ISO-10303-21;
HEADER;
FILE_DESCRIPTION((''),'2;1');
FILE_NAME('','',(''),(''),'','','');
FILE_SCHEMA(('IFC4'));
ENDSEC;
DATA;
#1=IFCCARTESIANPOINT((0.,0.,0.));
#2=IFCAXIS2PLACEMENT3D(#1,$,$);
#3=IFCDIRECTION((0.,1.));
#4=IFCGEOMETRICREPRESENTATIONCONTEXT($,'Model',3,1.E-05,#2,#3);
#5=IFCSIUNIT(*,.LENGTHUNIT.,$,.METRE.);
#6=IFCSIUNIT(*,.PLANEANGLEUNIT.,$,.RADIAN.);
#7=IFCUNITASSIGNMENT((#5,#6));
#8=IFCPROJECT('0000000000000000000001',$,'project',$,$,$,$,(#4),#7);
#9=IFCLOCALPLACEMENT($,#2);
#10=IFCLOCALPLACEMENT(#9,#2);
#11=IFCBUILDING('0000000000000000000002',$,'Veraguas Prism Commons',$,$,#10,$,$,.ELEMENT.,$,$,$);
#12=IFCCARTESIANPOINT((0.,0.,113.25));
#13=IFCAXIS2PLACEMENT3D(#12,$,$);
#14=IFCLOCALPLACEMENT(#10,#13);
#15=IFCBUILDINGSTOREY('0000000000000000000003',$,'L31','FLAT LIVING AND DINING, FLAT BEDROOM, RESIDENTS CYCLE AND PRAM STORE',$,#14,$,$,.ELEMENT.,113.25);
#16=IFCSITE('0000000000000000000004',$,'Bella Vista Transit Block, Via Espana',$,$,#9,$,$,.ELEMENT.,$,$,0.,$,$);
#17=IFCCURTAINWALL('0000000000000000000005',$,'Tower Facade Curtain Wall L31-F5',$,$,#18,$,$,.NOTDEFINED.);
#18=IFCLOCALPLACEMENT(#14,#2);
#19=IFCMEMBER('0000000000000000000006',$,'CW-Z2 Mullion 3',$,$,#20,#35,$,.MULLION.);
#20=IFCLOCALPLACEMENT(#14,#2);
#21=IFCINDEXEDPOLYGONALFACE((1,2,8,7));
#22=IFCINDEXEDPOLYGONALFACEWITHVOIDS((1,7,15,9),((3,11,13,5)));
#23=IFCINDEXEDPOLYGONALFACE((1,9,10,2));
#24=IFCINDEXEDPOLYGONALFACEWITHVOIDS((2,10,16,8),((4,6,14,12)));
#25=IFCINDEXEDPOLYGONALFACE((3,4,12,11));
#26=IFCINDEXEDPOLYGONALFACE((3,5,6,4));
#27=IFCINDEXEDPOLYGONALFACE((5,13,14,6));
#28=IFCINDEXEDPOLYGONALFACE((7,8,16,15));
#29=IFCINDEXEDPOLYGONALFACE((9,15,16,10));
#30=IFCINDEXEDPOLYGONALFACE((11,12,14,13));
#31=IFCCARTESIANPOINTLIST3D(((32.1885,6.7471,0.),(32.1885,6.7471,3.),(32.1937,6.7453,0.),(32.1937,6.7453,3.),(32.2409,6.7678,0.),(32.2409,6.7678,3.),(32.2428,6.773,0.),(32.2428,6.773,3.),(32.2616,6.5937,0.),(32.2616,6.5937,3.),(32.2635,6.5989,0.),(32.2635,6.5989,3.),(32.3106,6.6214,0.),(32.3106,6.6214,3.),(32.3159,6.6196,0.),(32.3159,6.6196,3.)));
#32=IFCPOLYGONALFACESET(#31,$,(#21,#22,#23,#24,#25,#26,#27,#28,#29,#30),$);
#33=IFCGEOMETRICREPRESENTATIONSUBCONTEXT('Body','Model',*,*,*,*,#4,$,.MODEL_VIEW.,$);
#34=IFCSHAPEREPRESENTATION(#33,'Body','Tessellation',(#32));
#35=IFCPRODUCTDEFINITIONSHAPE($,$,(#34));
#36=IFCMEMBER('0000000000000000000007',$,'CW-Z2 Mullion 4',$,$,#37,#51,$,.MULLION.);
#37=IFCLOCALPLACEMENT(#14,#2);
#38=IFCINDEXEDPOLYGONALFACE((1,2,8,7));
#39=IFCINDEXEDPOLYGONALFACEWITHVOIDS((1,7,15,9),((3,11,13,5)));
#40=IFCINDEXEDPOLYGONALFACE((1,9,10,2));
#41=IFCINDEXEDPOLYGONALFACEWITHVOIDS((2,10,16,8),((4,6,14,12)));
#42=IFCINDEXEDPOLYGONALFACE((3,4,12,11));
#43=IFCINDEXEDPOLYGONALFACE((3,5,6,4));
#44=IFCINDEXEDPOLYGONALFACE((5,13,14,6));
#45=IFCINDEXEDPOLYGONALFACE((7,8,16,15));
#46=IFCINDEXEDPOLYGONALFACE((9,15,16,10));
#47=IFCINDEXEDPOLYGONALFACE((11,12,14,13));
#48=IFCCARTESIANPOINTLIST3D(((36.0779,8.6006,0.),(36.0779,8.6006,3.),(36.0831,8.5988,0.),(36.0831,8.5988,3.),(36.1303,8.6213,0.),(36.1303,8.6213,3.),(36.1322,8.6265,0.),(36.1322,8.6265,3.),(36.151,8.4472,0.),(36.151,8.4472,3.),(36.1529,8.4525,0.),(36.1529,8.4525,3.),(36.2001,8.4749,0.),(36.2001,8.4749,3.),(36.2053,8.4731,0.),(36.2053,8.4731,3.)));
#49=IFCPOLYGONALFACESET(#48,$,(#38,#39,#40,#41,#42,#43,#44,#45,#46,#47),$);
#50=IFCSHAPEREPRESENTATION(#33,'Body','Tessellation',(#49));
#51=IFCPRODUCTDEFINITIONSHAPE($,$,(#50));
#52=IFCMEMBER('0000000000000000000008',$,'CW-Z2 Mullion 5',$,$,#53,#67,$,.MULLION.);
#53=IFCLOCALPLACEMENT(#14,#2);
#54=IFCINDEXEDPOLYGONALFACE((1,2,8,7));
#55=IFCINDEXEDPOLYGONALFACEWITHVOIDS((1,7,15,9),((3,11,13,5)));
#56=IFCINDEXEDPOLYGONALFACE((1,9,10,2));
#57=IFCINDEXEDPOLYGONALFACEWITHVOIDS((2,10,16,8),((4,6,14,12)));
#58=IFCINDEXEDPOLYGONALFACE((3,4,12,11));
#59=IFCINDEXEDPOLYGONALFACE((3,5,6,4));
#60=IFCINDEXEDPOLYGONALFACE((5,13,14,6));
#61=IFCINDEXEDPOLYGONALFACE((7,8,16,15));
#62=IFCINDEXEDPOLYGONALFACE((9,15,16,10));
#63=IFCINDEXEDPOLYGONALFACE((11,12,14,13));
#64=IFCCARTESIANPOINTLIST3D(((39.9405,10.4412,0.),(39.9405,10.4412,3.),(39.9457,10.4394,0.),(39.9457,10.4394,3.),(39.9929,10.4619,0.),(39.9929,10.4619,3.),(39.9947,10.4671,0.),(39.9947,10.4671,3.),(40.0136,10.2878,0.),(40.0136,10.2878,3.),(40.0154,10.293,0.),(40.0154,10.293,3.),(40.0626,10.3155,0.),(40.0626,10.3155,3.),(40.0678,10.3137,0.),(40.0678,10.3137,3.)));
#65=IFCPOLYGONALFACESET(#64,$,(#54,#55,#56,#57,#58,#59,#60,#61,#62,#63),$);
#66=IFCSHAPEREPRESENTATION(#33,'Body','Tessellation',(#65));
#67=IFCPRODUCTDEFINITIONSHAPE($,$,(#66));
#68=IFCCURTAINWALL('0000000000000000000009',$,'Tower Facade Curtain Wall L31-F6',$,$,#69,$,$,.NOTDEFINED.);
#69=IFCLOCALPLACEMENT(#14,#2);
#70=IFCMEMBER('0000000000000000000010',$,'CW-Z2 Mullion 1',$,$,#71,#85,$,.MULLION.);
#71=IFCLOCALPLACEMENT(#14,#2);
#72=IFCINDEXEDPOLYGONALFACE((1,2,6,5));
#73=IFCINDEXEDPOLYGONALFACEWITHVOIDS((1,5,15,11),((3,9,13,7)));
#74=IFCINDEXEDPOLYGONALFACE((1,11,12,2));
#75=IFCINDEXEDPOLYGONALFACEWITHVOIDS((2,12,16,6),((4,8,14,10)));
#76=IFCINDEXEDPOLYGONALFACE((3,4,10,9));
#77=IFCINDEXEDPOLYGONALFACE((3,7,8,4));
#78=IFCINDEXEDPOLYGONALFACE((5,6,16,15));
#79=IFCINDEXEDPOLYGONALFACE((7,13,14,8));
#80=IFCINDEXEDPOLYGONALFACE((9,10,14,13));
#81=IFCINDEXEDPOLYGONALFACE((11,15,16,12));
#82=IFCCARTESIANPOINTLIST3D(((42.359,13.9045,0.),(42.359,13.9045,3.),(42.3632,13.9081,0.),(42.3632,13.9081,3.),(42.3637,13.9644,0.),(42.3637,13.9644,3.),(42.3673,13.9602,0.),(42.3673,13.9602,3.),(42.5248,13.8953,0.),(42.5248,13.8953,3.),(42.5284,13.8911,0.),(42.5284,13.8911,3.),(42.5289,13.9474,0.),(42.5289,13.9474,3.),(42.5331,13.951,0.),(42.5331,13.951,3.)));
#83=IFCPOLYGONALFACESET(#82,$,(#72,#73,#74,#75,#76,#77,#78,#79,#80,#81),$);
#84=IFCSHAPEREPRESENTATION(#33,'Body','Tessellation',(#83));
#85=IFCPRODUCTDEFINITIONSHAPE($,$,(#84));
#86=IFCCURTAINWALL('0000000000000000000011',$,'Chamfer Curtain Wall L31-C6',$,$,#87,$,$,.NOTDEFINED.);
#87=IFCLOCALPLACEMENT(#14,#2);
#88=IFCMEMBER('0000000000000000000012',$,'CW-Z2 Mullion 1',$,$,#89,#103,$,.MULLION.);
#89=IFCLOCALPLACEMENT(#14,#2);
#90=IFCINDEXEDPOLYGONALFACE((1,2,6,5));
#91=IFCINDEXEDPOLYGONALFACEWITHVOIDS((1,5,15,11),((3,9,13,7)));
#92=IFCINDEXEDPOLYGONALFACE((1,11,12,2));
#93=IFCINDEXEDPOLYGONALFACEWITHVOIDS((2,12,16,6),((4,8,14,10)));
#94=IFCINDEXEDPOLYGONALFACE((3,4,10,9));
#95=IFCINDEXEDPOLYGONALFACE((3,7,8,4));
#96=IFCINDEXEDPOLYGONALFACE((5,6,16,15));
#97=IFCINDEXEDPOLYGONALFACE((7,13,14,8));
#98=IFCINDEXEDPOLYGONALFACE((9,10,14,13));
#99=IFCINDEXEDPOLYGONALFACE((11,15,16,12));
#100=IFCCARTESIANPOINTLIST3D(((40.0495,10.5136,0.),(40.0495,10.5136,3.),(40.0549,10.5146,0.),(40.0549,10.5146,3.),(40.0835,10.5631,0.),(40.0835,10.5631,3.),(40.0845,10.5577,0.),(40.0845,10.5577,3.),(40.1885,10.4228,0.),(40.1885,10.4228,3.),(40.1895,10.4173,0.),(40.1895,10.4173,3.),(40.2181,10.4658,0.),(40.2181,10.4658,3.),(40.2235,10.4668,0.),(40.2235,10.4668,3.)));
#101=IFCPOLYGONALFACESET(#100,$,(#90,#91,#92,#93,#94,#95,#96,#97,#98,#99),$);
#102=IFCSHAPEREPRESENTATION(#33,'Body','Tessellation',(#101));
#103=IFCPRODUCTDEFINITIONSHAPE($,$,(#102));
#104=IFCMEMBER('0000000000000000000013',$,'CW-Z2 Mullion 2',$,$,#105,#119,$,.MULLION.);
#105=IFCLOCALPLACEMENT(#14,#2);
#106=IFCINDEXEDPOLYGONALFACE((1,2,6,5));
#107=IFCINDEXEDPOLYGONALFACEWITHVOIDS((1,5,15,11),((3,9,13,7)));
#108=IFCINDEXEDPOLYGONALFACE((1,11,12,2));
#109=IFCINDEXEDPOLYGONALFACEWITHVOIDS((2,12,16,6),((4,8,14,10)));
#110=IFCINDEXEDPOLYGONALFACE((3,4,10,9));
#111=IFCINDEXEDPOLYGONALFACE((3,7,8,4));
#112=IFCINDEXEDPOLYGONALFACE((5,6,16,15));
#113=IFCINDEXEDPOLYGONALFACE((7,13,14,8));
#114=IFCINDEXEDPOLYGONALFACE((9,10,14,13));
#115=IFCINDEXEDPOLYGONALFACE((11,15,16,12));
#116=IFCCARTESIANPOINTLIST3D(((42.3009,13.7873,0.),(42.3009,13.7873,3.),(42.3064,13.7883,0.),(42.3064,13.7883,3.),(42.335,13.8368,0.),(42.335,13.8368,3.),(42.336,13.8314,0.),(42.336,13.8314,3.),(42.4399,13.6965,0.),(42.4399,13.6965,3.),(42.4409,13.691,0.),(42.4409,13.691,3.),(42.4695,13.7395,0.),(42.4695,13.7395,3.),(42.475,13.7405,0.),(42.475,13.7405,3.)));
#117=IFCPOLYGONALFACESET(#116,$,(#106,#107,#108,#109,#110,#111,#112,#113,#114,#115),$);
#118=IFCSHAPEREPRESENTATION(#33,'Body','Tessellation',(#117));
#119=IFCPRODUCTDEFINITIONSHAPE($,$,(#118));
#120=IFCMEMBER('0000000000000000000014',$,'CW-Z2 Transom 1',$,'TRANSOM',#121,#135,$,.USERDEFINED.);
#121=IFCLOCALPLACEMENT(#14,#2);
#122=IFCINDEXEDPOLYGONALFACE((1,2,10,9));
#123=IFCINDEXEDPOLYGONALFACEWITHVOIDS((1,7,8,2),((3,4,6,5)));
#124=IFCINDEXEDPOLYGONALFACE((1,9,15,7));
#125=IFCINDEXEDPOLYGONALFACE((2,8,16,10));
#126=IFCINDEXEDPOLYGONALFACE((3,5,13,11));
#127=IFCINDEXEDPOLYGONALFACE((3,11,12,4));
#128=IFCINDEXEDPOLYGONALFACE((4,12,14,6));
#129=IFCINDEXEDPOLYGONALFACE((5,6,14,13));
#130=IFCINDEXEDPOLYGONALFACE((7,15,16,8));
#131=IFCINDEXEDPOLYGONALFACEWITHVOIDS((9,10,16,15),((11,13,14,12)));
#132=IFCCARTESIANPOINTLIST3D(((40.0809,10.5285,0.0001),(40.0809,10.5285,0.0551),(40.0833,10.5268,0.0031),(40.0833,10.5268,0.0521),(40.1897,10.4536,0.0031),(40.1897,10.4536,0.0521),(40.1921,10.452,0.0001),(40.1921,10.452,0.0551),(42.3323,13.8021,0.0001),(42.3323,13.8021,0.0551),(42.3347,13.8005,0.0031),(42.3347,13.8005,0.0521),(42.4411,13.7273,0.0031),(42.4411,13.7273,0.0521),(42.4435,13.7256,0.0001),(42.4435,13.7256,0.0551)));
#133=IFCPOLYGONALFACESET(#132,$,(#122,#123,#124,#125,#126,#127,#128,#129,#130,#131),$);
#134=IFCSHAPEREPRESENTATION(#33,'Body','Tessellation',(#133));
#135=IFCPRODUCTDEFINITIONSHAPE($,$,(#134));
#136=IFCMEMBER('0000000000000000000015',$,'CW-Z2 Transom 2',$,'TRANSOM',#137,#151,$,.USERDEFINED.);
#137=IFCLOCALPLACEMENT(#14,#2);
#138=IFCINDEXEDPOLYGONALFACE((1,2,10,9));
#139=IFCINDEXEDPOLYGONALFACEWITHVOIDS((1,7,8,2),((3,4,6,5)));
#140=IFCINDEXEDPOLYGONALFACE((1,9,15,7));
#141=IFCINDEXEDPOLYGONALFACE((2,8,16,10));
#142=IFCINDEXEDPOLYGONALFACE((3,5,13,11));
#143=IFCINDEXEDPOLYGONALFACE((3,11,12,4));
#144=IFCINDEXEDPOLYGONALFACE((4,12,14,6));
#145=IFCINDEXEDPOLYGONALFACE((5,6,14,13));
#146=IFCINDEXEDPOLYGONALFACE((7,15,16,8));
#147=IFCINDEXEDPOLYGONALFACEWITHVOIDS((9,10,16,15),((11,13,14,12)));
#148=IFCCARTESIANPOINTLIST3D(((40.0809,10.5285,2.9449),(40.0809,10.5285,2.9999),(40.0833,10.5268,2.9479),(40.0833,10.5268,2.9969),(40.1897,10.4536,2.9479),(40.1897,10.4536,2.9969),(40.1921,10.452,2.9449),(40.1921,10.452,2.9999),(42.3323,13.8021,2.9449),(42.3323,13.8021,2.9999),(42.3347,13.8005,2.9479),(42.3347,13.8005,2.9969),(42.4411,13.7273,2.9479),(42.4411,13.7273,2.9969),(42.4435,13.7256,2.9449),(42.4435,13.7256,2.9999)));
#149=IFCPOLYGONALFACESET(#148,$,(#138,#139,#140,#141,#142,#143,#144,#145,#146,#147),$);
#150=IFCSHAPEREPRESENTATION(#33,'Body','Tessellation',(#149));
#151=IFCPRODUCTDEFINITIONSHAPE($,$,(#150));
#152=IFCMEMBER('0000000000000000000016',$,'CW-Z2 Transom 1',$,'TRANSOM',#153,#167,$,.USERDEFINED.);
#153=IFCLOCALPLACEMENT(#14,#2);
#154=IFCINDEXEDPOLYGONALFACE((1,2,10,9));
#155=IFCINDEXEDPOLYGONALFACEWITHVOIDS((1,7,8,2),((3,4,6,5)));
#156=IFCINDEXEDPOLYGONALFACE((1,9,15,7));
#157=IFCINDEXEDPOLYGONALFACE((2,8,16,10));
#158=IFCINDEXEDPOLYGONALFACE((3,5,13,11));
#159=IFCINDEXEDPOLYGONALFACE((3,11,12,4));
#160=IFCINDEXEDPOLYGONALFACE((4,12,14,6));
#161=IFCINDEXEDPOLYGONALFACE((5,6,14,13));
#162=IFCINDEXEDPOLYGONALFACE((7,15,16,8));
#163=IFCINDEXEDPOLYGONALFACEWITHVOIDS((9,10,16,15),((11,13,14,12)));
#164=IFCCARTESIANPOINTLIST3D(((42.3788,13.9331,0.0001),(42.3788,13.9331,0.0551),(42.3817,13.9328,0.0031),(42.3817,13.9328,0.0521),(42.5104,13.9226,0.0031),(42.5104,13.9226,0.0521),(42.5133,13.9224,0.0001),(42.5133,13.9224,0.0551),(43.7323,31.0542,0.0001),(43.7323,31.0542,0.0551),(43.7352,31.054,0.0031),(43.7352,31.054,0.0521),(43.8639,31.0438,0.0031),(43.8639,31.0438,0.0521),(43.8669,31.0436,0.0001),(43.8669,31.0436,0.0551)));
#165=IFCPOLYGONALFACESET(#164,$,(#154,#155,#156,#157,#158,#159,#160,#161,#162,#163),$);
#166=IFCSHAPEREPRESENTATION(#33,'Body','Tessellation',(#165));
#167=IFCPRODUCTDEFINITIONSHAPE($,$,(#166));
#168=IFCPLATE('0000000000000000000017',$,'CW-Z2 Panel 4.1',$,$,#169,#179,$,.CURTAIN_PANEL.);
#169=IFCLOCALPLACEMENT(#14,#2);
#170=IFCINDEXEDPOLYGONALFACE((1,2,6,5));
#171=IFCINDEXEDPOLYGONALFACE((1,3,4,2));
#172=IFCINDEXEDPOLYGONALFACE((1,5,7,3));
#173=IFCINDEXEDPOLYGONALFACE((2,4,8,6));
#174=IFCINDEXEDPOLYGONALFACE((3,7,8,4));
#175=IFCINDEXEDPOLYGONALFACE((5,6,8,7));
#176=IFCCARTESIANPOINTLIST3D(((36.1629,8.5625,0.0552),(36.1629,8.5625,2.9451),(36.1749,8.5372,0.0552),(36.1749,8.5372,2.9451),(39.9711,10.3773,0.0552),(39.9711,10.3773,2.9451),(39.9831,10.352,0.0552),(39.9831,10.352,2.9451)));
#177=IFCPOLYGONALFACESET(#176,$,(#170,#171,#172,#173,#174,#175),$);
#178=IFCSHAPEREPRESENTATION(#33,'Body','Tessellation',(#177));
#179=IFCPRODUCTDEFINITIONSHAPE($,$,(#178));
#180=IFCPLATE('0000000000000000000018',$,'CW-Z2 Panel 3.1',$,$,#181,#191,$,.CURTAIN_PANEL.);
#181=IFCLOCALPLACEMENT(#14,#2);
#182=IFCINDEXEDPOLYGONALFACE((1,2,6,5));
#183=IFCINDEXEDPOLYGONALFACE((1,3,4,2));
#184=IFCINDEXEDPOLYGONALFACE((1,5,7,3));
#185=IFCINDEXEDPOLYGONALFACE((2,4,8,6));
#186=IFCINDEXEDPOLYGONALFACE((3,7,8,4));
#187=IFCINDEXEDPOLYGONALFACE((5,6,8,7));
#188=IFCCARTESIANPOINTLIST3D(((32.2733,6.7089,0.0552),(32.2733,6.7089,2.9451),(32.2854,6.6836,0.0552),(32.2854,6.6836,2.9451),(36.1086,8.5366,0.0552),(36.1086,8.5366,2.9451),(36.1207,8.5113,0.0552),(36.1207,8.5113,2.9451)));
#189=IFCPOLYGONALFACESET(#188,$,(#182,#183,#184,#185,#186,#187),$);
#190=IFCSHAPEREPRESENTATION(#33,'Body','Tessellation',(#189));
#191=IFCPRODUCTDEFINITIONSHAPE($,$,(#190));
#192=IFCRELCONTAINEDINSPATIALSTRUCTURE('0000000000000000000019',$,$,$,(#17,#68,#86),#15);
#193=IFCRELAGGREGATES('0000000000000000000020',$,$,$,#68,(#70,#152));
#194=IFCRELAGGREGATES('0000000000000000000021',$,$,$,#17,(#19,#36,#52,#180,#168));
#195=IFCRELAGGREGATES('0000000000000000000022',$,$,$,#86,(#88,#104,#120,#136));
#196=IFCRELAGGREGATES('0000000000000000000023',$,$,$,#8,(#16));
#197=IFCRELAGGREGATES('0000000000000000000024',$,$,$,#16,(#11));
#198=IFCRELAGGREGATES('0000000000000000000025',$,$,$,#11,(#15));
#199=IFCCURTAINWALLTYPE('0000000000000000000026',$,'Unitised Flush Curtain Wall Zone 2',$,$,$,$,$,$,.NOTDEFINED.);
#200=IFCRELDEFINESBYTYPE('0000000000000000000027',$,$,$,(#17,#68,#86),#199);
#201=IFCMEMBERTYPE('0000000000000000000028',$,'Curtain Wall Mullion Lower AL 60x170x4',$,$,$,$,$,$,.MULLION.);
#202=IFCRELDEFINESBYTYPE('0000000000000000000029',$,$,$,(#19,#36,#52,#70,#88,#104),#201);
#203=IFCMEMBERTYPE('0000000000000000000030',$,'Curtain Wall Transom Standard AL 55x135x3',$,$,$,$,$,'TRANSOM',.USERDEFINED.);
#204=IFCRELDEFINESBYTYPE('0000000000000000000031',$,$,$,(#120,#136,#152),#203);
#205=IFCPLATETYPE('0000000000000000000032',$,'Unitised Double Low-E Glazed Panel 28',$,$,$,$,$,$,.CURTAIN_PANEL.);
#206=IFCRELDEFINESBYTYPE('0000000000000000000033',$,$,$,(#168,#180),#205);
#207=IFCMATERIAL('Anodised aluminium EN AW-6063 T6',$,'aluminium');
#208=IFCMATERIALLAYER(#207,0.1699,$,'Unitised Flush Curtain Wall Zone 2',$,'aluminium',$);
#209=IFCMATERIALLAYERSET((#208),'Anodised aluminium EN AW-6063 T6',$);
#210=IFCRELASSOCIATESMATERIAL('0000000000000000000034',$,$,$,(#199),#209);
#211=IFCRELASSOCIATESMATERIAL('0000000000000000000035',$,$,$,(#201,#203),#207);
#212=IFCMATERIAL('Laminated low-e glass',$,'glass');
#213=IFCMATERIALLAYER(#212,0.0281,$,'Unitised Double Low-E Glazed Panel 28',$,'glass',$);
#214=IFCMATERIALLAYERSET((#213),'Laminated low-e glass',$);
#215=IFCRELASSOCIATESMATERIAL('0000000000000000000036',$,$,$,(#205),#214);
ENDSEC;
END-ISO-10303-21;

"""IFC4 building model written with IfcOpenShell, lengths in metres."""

from ifc_helpers import new_model, si_unit, direction, frame, origin, origin_2d, place, context, subcontext, project, spatial, rectangle, hollow_rectangle, extrude, source, transform, mapped, material, layer, layer_set, material_profile, profile_set, type_object, element, aggregate, save


model = new_model("IFC4")

# Units and contexts
model_context = context("Model", 3, precision=1e-05, world=origin(), true_north=direction((0.0, 1.0)))
body_context = subcontext(model_context, "Body", "Model", "MODEL_VIEW")
ifc_project = project(units=[si_unit("LENGTHUNIT", "METRE"), si_unit("PLANEANGLEUNIT", "RADIAN")], contexts=[model_context])

# Site, building, storey
site_placement = place(None, origin())
site = spatial("IfcSite", under=ifc_project, at=site_placement, Name="Bella Vista Transit Block, Via Espana", CompositionType="ELEMENT", RefElevation=0.0)
building_placement = place(site_placement, origin())
building = spatial("IfcBuilding", under=site, at=building_placement, Name="Veraguas Prism Commons", CompositionType="ELEMENT")
storey_placement = place(building_placement, frame((0.0, 0.0, 113.25)))
storey = spatial("IfcBuildingStorey", under=building, at=storey_placement, Name="L31", Description="FLAT LIVING AND DINING, FLAT BEDROOM, RESIDENTS CYCLE AND PRAM STORE", CompositionType="ELEMENT", Elevation=113.25)

# Curtain wall, members
ifc_material_1 = material(Name="Anodised aluminium EN AW-6063 T6", Category="aluminium")
ifc_layer_1 = layer(ifc_material_1, 0.1699, Name="Unitised Flush Curtain Wall Zone 2", Category="aluminium")
ifc_layer_set_1 = layer_set([ifc_layer_1], Name="Anodised aluminium EN AW-6063 T6")
curtain_wall_type = type_object("IfcCurtainWallType", Name="Unitised Flush Curtain Wall Zone 2", PredefinedType="NOTDEFINED", material=ifc_layer_set_1)
curtain_wall_1_placement = place(storey_placement, origin())
curtain_wall_1 = element("IfcCurtainWall", 1, at=curtain_wall_1_placement, inside=storey, type_object=curtain_wall_type, Name="Tower Facade Curtain Wall L31-F5", PredefinedType="NOTDEFINED")
ifc_material_profile_1 = material_profile(ifc_material_1, hollow_rectangle(XDim=0.0601, YDim=0.1699, WallThickness=0.0039, at=origin_2d()), Name="AL60X170X4")
ifc_profile_set_1 = profile_set([ifc_material_profile_1], Name="Anodised aluminium EN AW-6063 T6")
member_type_1 = type_object("IfcMemberType", Name="Curtain Wall Mullion Lower AL 60x170x4", PredefinedType="MULLION", material=ifc_profile_set_1)
shared_shape_1 = source(origin(), body_context, "Body", "SweptSolid", [
    extrude(hollow_rectangle(XDim=0.0601, YDim=0.1699, WallThickness=0.0039, at=origin_2d()), origin(), (0.0, 0.0, 1.0), 3.0),
])
member_1_placement = place(storey_placement, frame((32.2522, 6.6833, 0.0), z_axis=(0.0, 0.0, 1.0), x_axis=(0.902734, 0.430199, 0.0)))
member_1 = element("IfcMember", 2, at=member_1_placement, type_object=member_type_1, Name="CW-Z2 Mullion 3", PredefinedType="MULLION", context=body_context, shape_type="MappedRepresentation", body=[
    mapped(shared_shape_1, transform((0.0, 0.0, 0.0), scale=1.0)),
])
member_2_placement = place(storey_placement, frame((36.1416, 8.5369, 0.0), z_axis=(0.0, 0.0, 1.0), x_axis=(0.902734, 0.430199, 0.0)))
member_2 = element("IfcMember", 3, at=member_2_placement, type_object=member_type_1, Name="CW-Z2 Mullion 4", PredefinedType="MULLION", context=body_context, shape_type="MappedRepresentation", body=[
    mapped(shared_shape_1, transform((0.0, 0.0, 0.0), scale=1.0)),
])
member_3_placement = place(storey_placement, frame((40.0042, 10.3774, 0.0), z_axis=(0.0, 0.0, 1.0), x_axis=(0.902734, 0.430199, 0.0)))
member_3 = element("IfcMember", 4, at=member_3_placement, type_object=member_type_1, Name="CW-Z2 Mullion 5", PredefinedType="MULLION", context=body_context, shape_type="MappedRepresentation", body=[
    mapped(shared_shape_1, transform((0.0, 0.0, 0.0), scale=1.0)),
])

# Curtain wall, member
curtain_wall_2_placement = place(storey_placement, origin())
curtain_wall_2 = element("IfcCurtainWall", 5, at=curtain_wall_2_placement, inside=storey, type_object=curtain_wall_type, Name="Tower Facade Curtain Wall L31-F6", PredefinedType="NOTDEFINED")
member_4_placement = place(storey_placement, frame((42.446, 13.9277, 0.0), z_axis=(0.0, 0.0, 1.0), x_axis=(0.078807, 0.99689, 0.0)))
member_4 = element("IfcMember", 6, at=member_4_placement, type_object=member_type_1, Name="CW-Z2 Mullion 1", PredefinedType="MULLION", context=body_context, shape_type="MappedRepresentation", body=[
    mapped(shared_shape_1, transform((0.0, 0.0, 0.0), scale=1.0)),
])

# Curtain wall, members
curtain_wall_3_placement = place(storey_placement, origin())
curtain_wall_3 = element("IfcCurtainWall", 7, at=curtain_wall_3_placement, inside=storey, type_object=curtain_wall_type, Name="Chamfer Curtain Wall L31-C6", PredefinedType="NOTDEFINED")
member_5_placement = place(storey_placement, frame((40.1365, 10.4902, 0.0), z_axis=(0.0, 0.0, 1.0), x_axis=(0.566692, 0.823929, 0.0)))
member_5 = element("IfcMember", 8, at=member_5_placement, type_object=member_type_1, Name="CW-Z2 Mullion 1", PredefinedType="MULLION", context=body_context, shape_type="MappedRepresentation", body=[
    mapped(shared_shape_1, transform((0.0, 0.0, 0.0), scale=1.0)),
])
member_6_placement = place(storey_placement, frame((42.3879, 13.7639, 0.0), z_axis=(0.0, 0.0, 1.0), x_axis=(0.566692, 0.823929, 0.0)))
member_6 = element("IfcMember", 9, at=member_6_placement, type_object=member_type_1, Name="CW-Z2 Mullion 2", PredefinedType="MULLION", context=body_context, shape_type="MappedRepresentation", body=[
    mapped(shared_shape_1, transform((0.0, 0.0, 0.0), scale=1.0)),
])
ifc_material_profile_2 = material_profile(ifc_material_1, hollow_rectangle(XDim=0.0549, YDim=0.135, WallThickness=0.0029, at=origin_2d()), Name="AL55X135X3")
ifc_profile_set_2 = profile_set([ifc_material_profile_2], Name="Anodised aluminium EN AW-6063 T6")
member_type_2 = type_object("IfcMemberType", Name="Curtain Wall Transom Standard AL 55x135x3", ElementType="TRANSOM", PredefinedType="USERDEFINED", material=ifc_profile_set_2)
shared_shape_2 = source(origin(), body_context, "Body", "SweptSolid", [
    extrude(hollow_rectangle(XDim=0.0549, YDim=0.135, WallThickness=0.0029, at=origin_2d()), origin(), (0.0, 0.0, 1.0), 3.9731),
])
member_7_placement = place(storey_placement, frame((40.1365, 10.4902, 0.0276), z_axis=(0.566667, 0.823947, 0.0), x_axis=(0.0, 0.0, 1.0)))
member_7 = element("IfcMember", 10, at=member_7_placement, type_object=member_type_2, Name="CW-Z2 Transom 1", ObjectType="TRANSOM", PredefinedType="USERDEFINED", context=body_context, shape_type="MappedRepresentation", body=[
    mapped(shared_shape_2, transform((0.0, 0.0, 0.0), scale=1.0)),
])
member_8_placement = place(storey_placement, frame((40.1365, 10.4902, 2.9724), z_axis=(0.566667, 0.823947, 0.0), x_axis=(0.0, 0.0, 1.0)))
member_8 = element("IfcMember", 11, at=member_8_placement, type_object=member_type_2, Name="CW-Z2 Transom 2", ObjectType="TRANSOM", PredefinedType="USERDEFINED", context=body_context, shape_type="MappedRepresentation", body=[
    mapped(shared_shape_2, transform((0.0, 0.0, 0.0), scale=1.0)),
])

# Member
shared_shape_3 = source(origin(), body_context, "Body", "SweptSolid", [
    extrude(hollow_rectangle(XDim=0.0549, YDim=0.135, WallThickness=0.0029, at=origin_2d()), origin(), (0.0, 0.0, 1.0), 17.1746),
])
member_9_placement = place(storey_placement, frame((42.446, 13.9277, 0.0276), z_axis=(0.07881, 0.99689, 0.0), x_axis=(0.0, 0.0, 1.0)))
member_9 = element("IfcMember", 12, at=member_9_placement, type_object=member_type_2, Name="CW-Z2 Transom 1", ObjectType="TRANSOM", PredefinedType="USERDEFINED", context=body_context, shape_type="MappedRepresentation", body=[
    mapped(shared_shape_3, transform((0.0, 0.0, 0.0), scale=1.0)),
])
aggregate(curtain_wall_2, [member_4, member_9])

# Plates
ifc_material_2 = material(Name="Laminated low-e glass", Category="glass")
ifc_layer_2 = layer(ifc_material_2, 0.0281, Name="Unitised Double Low-E Glazed Panel 28", Category="glass")
ifc_layer_set_2 = layer_set([ifc_layer_2], Name="Laminated low-e glass")
plate_type = type_object("IfcPlateType", Name="Unitised Double Low-E Glazed Panel 28", PredefinedType="CURTAIN_PANEL", material=ifc_layer_set_2)
shared_shape_4 = source(origin(), body_context, "Body", "SweptSolid", [
    extrude(rectangle(XDim=4.2185, YDim=0.0281, at=origin_2d()), origin(), (0.0, 0.0, 1.0), 2.8899),
])
plate_1_placement = place(storey_placement, frame((38.073, 9.4573, 0.0552), z_axis=(0.0, 0.0, 1.0), x_axis=(0.902734, 0.430199, 0.0)))
plate_1 = element("IfcPlate", 13, at=plate_1_placement, type_object=plate_type, Name="CW-Z2 Panel 4.1", PredefinedType="CURTAIN_PANEL", context=body_context, shape_type="MappedRepresentation", body=[
    mapped(shared_shape_4, transform((0.0, 0.0, 0.0), scale=1.0)),
])
shared_shape_5 = source(origin(), body_context, "Body", "SweptSolid", [
    extrude(rectangle(XDim=4.2485, YDim=0.0281, at=origin_2d()), origin(), (0.0, 0.0, 1.0), 2.8899),
])
plate_2_placement = place(storey_placement, frame((34.197, 7.6101, 0.0552), z_axis=(0.0, 0.0, 1.0), x_axis=(0.902734, 0.430199, 0.0)))
plate_2 = element("IfcPlate", 14, at=plate_2_placement, type_object=plate_type, Name="CW-Z2 Panel 3.1", PredefinedType="CURTAIN_PANEL", context=body_context, shape_type="MappedRepresentation", body=[
    mapped(shared_shape_5, transform((0.0, 0.0, 0.0), scale=1.0)),
])
aggregate(curtain_wall_1, [member_1, member_2, member_3, plate_2, plate_1])
aggregate(curtain_wall_3, [member_5, member_6, member_7, member_8])

save(model, "model.ifc")
